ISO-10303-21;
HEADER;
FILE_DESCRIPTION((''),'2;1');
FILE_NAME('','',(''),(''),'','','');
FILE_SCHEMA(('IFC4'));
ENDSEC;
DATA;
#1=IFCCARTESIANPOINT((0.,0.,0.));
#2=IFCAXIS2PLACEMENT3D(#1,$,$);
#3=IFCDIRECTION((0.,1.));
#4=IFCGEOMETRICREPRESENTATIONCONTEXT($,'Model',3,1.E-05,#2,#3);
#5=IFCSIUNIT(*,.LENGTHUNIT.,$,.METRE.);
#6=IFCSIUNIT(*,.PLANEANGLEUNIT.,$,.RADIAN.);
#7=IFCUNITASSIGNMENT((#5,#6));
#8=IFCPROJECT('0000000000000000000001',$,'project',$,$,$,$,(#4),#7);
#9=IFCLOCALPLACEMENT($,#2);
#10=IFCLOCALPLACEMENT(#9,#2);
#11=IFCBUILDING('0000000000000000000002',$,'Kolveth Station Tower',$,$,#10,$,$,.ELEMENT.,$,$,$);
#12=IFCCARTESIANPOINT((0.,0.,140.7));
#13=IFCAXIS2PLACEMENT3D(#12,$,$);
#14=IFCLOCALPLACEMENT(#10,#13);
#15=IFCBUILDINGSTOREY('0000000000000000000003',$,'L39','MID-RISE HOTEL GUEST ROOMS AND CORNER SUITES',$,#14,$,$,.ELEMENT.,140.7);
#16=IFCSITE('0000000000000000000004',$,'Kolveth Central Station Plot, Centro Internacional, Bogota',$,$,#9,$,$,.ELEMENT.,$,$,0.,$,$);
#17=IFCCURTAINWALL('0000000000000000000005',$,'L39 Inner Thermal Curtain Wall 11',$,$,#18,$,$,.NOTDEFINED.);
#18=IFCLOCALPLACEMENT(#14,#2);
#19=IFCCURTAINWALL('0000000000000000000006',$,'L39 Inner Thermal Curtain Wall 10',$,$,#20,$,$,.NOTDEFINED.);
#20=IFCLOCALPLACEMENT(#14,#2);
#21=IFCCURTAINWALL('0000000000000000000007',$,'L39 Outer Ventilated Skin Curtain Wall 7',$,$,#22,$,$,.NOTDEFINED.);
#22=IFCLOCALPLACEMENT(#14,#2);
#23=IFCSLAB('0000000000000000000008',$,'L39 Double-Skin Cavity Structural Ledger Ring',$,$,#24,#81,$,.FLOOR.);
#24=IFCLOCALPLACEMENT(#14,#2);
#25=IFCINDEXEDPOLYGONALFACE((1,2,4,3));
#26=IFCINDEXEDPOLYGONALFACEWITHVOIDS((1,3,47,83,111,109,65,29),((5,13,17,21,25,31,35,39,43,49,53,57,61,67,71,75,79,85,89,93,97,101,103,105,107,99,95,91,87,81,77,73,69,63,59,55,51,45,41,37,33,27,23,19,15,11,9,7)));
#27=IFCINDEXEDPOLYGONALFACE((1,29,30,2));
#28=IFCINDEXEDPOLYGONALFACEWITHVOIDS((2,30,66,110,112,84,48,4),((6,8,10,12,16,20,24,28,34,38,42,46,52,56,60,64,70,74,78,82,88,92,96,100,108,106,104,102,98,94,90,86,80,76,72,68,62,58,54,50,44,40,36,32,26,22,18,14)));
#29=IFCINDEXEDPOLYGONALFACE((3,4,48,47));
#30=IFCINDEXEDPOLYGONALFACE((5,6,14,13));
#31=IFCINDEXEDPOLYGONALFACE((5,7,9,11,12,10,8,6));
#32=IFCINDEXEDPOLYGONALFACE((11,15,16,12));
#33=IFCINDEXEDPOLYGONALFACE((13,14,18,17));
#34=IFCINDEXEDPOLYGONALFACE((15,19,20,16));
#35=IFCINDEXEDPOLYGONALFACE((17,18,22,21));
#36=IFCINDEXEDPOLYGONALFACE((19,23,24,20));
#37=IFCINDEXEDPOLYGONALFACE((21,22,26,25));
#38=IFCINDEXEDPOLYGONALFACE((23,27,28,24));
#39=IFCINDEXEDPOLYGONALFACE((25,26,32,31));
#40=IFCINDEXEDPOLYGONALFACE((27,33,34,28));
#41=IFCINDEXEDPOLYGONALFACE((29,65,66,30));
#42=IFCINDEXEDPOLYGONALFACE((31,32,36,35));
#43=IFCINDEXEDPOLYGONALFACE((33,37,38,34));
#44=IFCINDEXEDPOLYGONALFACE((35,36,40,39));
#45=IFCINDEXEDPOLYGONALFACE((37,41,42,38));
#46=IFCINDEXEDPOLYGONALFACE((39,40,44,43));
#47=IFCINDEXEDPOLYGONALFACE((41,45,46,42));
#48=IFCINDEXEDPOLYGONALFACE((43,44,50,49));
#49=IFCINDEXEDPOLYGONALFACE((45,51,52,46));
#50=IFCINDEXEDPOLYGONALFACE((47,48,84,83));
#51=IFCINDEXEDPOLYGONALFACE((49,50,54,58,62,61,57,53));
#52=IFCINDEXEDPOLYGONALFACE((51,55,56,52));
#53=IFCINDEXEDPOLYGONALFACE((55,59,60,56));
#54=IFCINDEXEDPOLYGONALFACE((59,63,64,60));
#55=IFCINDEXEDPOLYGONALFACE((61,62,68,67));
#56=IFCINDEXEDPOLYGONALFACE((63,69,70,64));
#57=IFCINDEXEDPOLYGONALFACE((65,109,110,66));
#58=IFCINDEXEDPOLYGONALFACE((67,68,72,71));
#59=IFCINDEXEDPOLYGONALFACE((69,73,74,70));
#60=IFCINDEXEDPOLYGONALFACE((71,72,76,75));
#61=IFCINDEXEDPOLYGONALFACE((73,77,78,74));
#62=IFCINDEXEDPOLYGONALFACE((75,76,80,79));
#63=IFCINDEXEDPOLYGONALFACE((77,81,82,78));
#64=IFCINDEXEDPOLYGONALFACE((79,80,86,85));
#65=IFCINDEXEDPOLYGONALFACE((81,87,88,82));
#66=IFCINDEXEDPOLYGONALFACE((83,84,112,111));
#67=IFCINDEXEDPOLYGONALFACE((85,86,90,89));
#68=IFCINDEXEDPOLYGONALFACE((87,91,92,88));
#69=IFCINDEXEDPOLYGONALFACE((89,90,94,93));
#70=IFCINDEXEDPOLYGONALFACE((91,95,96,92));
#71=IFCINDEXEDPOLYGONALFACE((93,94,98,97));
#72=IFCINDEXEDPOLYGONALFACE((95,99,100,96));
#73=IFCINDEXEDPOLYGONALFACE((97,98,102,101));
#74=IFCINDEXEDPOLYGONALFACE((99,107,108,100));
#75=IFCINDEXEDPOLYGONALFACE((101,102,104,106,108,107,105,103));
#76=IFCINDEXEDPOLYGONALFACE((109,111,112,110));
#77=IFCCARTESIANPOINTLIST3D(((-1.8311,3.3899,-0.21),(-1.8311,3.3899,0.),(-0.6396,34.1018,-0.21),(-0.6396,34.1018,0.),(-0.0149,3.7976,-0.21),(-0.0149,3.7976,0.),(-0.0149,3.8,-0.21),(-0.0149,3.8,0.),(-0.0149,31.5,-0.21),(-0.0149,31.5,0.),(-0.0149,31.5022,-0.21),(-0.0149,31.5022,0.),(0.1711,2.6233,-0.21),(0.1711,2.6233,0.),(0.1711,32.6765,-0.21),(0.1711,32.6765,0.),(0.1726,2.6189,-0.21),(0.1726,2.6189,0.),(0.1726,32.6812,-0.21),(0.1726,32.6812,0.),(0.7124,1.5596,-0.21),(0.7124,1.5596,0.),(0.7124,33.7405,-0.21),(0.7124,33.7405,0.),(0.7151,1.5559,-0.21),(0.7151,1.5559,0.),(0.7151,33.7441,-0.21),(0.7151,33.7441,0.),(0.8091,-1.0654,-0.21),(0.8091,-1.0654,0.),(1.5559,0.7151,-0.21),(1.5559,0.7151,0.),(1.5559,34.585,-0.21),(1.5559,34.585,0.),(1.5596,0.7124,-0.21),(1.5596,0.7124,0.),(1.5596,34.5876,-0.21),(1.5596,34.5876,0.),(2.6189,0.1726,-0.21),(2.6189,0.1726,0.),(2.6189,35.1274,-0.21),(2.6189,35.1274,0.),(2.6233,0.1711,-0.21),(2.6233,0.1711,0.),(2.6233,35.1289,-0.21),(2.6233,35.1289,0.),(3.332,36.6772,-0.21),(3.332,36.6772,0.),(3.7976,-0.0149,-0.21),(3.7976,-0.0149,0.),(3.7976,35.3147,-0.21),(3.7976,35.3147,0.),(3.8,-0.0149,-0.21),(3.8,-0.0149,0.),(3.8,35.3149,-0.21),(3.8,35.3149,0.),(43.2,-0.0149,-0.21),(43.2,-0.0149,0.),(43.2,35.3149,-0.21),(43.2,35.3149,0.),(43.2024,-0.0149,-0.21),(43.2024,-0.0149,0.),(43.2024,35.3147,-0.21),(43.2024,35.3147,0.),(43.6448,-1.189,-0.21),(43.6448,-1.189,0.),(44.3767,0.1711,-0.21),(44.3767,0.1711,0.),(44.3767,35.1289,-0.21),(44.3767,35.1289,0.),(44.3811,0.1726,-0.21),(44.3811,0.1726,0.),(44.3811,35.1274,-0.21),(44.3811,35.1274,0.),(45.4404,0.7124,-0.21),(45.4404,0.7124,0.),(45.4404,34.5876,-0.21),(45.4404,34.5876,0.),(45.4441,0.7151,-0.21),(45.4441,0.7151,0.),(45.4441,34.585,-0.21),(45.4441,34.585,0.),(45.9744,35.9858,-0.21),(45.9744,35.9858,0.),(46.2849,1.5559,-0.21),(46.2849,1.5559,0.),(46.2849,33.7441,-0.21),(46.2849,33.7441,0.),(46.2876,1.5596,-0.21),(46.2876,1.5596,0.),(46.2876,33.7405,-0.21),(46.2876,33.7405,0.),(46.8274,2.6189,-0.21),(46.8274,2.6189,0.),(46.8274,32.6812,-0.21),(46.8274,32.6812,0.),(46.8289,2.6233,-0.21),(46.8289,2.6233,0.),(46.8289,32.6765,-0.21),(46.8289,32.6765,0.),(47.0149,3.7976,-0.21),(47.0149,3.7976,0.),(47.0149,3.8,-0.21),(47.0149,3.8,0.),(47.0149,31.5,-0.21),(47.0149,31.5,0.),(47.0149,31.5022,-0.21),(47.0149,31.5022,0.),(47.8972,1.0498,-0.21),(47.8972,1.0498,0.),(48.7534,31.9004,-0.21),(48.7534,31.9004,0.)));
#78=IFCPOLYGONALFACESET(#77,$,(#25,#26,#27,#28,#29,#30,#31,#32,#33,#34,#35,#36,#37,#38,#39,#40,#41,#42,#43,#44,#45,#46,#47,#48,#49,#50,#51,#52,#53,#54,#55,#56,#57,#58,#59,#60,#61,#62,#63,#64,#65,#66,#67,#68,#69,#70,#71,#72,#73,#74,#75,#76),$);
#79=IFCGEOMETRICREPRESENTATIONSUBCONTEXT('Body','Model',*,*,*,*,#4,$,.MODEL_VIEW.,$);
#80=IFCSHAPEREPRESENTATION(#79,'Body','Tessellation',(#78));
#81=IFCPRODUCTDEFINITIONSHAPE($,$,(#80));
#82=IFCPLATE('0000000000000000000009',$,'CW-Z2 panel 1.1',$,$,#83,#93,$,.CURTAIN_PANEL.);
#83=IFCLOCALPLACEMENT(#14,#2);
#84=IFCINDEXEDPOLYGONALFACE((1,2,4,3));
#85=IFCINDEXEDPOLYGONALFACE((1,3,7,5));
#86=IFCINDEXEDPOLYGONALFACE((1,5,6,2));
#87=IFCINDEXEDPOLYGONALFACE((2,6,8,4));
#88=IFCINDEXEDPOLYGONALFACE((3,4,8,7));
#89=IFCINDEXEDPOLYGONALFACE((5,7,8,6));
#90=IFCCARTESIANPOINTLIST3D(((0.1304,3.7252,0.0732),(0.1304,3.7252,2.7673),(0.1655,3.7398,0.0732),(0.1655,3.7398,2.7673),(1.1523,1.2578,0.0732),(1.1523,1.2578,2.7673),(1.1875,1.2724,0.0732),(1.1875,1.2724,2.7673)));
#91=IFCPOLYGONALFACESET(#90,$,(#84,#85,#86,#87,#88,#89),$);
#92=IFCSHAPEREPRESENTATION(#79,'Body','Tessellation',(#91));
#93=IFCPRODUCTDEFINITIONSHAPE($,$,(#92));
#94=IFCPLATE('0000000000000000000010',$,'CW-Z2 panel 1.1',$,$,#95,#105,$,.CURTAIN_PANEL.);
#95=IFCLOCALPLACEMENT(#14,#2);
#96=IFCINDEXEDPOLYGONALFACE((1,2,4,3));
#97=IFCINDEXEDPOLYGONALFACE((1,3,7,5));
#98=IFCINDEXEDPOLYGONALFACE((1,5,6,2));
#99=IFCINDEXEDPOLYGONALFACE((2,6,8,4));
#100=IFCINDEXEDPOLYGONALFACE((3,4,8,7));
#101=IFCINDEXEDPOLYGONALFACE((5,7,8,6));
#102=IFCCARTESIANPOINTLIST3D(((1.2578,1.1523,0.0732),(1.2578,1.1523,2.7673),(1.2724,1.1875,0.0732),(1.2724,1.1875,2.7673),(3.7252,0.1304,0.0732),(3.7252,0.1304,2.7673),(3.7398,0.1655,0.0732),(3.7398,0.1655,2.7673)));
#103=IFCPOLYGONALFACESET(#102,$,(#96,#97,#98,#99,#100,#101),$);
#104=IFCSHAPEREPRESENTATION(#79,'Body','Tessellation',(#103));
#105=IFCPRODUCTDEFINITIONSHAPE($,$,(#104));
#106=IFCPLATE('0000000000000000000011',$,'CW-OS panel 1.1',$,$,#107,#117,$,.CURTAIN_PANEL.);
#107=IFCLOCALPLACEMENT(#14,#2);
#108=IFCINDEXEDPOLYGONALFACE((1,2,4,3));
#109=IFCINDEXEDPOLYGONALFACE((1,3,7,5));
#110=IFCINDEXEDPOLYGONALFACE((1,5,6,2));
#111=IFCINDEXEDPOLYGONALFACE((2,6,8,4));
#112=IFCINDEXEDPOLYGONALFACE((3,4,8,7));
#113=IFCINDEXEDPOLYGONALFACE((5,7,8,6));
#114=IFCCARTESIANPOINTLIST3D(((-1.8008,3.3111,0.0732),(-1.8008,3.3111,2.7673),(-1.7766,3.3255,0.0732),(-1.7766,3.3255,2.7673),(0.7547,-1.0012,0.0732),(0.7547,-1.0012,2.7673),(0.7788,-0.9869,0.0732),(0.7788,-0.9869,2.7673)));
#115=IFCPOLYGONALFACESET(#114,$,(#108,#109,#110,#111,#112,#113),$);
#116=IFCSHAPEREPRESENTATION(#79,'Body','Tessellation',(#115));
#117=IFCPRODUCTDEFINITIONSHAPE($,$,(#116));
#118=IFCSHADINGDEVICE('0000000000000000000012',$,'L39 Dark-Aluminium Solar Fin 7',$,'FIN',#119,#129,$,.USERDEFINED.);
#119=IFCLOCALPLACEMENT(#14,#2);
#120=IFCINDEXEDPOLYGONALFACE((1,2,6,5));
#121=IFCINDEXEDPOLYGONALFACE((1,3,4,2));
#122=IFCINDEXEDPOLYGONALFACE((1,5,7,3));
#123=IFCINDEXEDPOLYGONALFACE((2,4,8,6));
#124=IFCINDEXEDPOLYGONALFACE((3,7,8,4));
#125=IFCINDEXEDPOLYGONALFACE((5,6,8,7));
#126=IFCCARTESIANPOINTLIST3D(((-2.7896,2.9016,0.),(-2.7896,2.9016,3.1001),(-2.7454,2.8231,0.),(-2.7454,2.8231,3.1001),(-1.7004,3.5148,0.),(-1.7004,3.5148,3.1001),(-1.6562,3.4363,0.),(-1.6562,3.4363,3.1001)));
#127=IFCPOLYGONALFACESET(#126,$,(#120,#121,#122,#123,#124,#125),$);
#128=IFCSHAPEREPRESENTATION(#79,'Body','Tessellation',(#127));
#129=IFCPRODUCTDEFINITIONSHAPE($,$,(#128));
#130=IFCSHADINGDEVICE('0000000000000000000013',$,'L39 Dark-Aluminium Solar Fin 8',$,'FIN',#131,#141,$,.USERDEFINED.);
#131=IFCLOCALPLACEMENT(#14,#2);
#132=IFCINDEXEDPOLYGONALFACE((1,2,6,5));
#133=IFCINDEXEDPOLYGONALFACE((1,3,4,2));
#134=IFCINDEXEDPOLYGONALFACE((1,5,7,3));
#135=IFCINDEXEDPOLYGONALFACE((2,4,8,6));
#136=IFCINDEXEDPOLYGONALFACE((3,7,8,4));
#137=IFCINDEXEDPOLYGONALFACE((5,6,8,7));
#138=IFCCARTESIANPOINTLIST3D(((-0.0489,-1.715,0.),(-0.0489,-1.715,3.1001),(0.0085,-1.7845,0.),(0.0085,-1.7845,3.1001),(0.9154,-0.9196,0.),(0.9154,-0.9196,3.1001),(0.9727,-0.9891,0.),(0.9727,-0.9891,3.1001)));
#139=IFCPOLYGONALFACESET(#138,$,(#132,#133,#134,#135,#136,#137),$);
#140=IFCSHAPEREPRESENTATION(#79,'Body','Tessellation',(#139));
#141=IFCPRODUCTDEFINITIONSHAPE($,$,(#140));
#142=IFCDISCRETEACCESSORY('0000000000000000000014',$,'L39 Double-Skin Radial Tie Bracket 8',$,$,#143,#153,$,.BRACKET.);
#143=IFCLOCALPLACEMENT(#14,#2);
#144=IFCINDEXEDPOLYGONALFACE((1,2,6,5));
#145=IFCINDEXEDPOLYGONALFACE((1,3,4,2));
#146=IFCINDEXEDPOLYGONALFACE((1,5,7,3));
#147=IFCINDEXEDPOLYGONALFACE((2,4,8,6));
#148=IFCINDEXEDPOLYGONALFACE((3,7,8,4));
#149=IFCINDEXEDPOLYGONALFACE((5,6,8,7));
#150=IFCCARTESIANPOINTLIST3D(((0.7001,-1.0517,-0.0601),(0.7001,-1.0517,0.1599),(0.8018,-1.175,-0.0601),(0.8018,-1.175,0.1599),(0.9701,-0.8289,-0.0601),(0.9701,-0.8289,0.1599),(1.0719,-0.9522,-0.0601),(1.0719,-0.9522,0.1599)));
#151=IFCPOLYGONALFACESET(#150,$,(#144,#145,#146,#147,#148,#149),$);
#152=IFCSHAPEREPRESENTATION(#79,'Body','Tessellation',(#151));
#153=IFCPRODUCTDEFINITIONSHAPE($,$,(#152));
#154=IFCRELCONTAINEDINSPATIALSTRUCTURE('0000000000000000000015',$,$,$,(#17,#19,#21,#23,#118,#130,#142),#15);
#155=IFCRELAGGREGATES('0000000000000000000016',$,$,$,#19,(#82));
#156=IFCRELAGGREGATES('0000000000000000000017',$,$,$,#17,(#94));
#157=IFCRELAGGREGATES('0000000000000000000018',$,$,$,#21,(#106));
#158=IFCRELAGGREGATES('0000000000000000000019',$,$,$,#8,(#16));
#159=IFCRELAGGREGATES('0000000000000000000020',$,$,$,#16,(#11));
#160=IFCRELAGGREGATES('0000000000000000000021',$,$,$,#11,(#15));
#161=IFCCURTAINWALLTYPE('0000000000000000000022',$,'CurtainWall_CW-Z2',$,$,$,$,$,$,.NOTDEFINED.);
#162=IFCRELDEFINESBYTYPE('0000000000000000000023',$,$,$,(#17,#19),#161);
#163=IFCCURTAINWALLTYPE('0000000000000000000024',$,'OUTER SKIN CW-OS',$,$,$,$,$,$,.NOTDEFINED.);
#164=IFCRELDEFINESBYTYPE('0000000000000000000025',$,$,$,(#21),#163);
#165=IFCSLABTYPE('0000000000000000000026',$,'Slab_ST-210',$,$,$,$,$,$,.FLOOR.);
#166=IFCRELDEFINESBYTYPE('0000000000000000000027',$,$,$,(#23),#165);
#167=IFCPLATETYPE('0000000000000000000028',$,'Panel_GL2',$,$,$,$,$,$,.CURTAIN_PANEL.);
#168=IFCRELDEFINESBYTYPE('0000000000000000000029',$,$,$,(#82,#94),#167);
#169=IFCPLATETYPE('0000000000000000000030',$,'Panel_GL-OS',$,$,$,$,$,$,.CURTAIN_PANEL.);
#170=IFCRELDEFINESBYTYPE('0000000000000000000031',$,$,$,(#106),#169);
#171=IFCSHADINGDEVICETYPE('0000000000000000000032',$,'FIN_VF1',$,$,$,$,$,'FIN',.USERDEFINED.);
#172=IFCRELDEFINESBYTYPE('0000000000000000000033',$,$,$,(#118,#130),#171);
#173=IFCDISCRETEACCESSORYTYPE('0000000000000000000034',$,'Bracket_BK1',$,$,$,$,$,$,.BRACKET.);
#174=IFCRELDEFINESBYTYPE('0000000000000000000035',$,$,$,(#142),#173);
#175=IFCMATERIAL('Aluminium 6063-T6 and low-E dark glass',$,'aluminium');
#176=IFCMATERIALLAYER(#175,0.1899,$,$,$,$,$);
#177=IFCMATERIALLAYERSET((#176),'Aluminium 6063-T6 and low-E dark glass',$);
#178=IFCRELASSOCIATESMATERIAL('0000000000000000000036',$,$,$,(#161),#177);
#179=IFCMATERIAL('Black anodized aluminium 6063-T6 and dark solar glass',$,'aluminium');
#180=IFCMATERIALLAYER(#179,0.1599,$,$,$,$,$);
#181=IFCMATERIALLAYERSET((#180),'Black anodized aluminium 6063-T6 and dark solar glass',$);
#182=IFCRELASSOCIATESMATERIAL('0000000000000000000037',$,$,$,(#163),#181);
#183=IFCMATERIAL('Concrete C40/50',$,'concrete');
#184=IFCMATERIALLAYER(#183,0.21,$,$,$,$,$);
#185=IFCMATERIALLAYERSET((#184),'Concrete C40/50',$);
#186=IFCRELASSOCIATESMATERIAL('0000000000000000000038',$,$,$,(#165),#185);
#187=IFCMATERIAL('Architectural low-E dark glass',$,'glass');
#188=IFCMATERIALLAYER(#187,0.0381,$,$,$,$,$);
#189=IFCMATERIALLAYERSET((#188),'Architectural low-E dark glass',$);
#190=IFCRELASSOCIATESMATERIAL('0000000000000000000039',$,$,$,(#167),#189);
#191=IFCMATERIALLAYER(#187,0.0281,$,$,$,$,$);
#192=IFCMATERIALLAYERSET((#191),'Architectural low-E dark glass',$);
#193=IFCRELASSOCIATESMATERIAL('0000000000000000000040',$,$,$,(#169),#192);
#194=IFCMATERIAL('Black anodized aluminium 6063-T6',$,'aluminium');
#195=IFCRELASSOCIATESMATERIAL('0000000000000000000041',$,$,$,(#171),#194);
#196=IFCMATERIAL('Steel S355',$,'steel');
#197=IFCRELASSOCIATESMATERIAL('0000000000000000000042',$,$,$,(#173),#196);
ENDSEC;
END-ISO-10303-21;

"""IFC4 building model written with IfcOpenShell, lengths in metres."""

from ifc_helpers import new_model, si_unit, direction, frame, origin, origin_2d, place, context, subcontext, project, spatial, polyline, rectangle, outline, extrude, source, transform, mapped, material, layer, layer_set, type_object, element, aggregate, save


model = new_model("IFC4")

# Units and contexts
model_context = context("Model", 3, precision=1e-05, world=origin(), true_north=direction((0.0, 1.0)))
body_context = subcontext(model_context, "Body", "Model", "MODEL_VIEW")
ifc_project = project(units=[si_unit("LENGTHUNIT", "METRE"), si_unit("PLANEANGLEUNIT", "RADIAN")], contexts=[model_context])

# Site, building, storey
site_placement = place(None, origin())
site = spatial("IfcSite", under=ifc_project, at=site_placement, Name="Kolveth Central Station Plot, Centro Internacional, Bogota", CompositionType="ELEMENT", RefElevation=0.0)
building_placement = place(site_placement, origin())
building = spatial("IfcBuilding", under=site, at=building_placement, Name="Kolveth Station Tower", CompositionType="ELEMENT")
storey_placement = place(building_placement, frame((0.0, 0.0, 140.7)))
storey = spatial("IfcBuildingStorey", under=building, at=storey_placement, Name="L39", Description="MID-RISE HOTEL GUEST ROOMS AND CORNER SUITES", CompositionType="ELEMENT", Elevation=140.7)

# Curtain wall
ifc_material_1 = material(Name="Aluminium 6063-T6 and low-E dark glass", Category="aluminium")
ifc_layer_1 = layer(ifc_material_1, 0.1899)
ifc_layer_set_1 = layer_set([ifc_layer_1], Name="Aluminium 6063-T6 and low-E dark glass")
curtain_wall_type_1 = type_object("IfcCurtainWallType", Name="CurtainWall_CW-Z2", PredefinedType="NOTDEFINED", material=ifc_layer_set_1)
curtain_wall_1_placement = place(storey_placement, origin())
curtain_wall_1 = element("IfcCurtainWall", 1, at=curtain_wall_1_placement, inside=storey, type_object=curtain_wall_type_1, Name="L39 Inner Thermal Curtain Wall 11", PredefinedType="NOTDEFINED")
ifc_material_2 = material(Name="Black anodized aluminium 6063-T6", Category="aluminium")

# Curtain wall
curtain_wall_2_placement = place(storey_placement, origin())
curtain_wall_2 = element("IfcCurtainWall", 2, at=curtain_wall_2_placement, inside=storey, type_object=curtain_wall_type_1, Name="L39 Inner Thermal Curtain Wall 10", PredefinedType="NOTDEFINED")

# Curtain wall
ifc_material_3 = material(Name="Black anodized aluminium 6063-T6 and dark solar glass", Category="aluminium")
ifc_layer_2 = layer(ifc_material_3, 0.1599)
ifc_layer_set_2 = layer_set([ifc_layer_2], Name="Black anodized aluminium 6063-T6 and dark solar glass")
curtain_wall_type_2 = type_object("IfcCurtainWallType", Name="OUTER SKIN CW-OS", PredefinedType="NOTDEFINED", material=ifc_layer_set_2)
curtain_wall_3_placement = place(storey_placement, origin())
curtain_wall_3 = element("IfcCurtainWall", 3, at=curtain_wall_3_placement, inside=storey, type_object=curtain_wall_type_2, Name="L39 Outer Ventilated Skin Curtain Wall 7", PredefinedType="NOTDEFINED")

# Shared definitions
ifc_material_4 = material(Name="Concrete C40/50", Category="concrete")

# Slab
ifc_layer_3 = layer(ifc_material_4, 0.21)
ifc_layer_set_3 = layer_set([ifc_layer_3], Name="Concrete C40/50")
slab_type_1 = type_object("IfcSlabType", Name="Slab_ST-210", PredefinedType="FLOOR", material=ifc_layer_set_3)
slab_1_placement = place(storey_placement, frame((0.0, 0.0, -0.21)))
element("IfcSlab", 4, at=slab_1_placement, inside=storey, type_object=slab_type_1, Name="L39 Double-Skin Cavity Structural Ledger Ring", PredefinedType="FLOOR", context=body_context, shape_type="SweptSolid", body=[
    extrude(outline(polyline([(0.8091, -1.0654), (-1.8311, 3.3899), (-0.6396, 34.1018), (3.332, 36.6772), (45.9744, 35.9858), (48.7534, 31.9004), (47.8972, 1.0498), (43.6448, -1.189), (0.8091, -1.0654)]), holes=[polyline([(43.2024, -0.0149), (44.3767, 0.1711), (44.3811, 0.1726), (45.4404, 0.7124), (45.4441, 0.7151), (46.2849, 1.5559), (46.2876, 1.5596), (46.8274, 2.6189), (46.8289, 2.6233), (47.0149, 3.7976), (47.0149, 3.8), (47.0149, 31.5), (47.0149, 31.5022), (46.8289, 32.6765), (46.8274, 32.6812), (46.2876, 33.7405), (46.2849, 33.7441), (45.4441, 34.585), (45.4404, 34.5876), (44.3811, 35.1274), (44.3767, 35.1289), (43.2024, 35.3147), (43.2, 35.3149), (3.8, 35.3149), (3.7976, 35.3147), (2.6233, 35.1289), (2.6189, 35.1274), (1.5596, 34.5876), (1.5559, 34.585), (0.7151, 33.7441), (0.7124, 33.7405), (0.1726, 32.6812), (0.1711, 32.6765), (-0.0149, 31.5022), (-0.0149, 31.5), (-0.0149, 3.8), (-0.0149, 3.7976), (0.1711, 2.6233), (0.1726, 2.6189), (0.7124, 1.5596), (0.7151, 1.5559), (1.5559, 0.7151), (1.5596, 0.7124), (2.6189, 0.1726), (2.6233, 0.1711), (3.7976, -0.0149), (3.8, -0.0149), (43.2, -0.0149), (43.2024, -0.0149)])]), origin(), (0.0, 0.0, 1.0), 0.21),
])

# Plates
ifc_material_5 = material(Name="Architectural low-E dark glass", Category="glass")
ifc_layer_4 = layer(ifc_material_5, 0.0381)
ifc_layer_set_4 = layer_set([ifc_layer_4], Name="Architectural low-E dark glass")
plate_type_1 = type_object("IfcPlateType", Name="Panel_GL2", PredefinedType="CURTAIN_PANEL", material=ifc_layer_set_4)
shared_shape_1 = source(origin(), body_context, "Body", "SweptSolid", [
    extrude(rectangle(XDim=2.6707, YDim=0.0381, at=origin_2d()), origin(), (0.0, 0.0, 1.0), 2.6941),
])
plate_1_placement = place(storey_placement, frame((0.6589, 2.4988, 0.0732), z_axis=(0.0, 0.0, 1.0), x_axis=(0.382663, -0.923888, 0.0)))
plate_1 = element("IfcPlate", 5, at=plate_1_placement, type_object=plate_type_1, Name="CW-Z2 panel 1.1", PredefinedType="CURTAIN_PANEL", context=body_context, shape_type="MappedRepresentation", body=[
    mapped(shared_shape_1, transform((0.0, 0.0, 0.0), x_axis=(1.0, 0.0, 0.0), y_axis=(0.0, 1.0, 0.0), z_axis=(0.0, 0.0, 1.0), scale=1.0)),
])
aggregate(curtain_wall_2, [plate_1])
plate_2_placement = place(storey_placement, frame((2.4988, 0.6589, 0.0732), z_axis=(0.0, 0.0, 1.0), x_axis=(0.923888, -0.382663, 0.0)))
plate_2 = element("IfcPlate", 6, at=plate_2_placement, type_object=plate_type_1, Name="CW-Z2 panel 1.1", PredefinedType="CURTAIN_PANEL", context=body_context, shape_type="MappedRepresentation", body=[
    mapped(shared_shape_1, transform((0.0, 0.0, 0.0), x_axis=(1.0, 0.0, 0.0), y_axis=(0.0, 1.0, 0.0), z_axis=(0.0, 0.0, 1.0), scale=1.0)),
])
aggregate(curtain_wall_1, [plate_2])
ifc_layer_5 = layer(ifc_material_5, 0.0281)
ifc_layer_set_5 = layer_set([ifc_layer_5], Name="Architectural low-E dark glass")
plate_type_2 = type_object("IfcPlateType", Name="Panel_GL-OS", PredefinedType="CURTAIN_PANEL", material=ifc_layer_set_5)
shared_shape_2 = source(origin(), body_context, "Body", "SweptSolid", [
    extrude(rectangle(XDim=5.0127, YDim=0.0281, at=origin_2d()), origin(), (0.0, 0.0, 1.0), 2.6941),
])
plate_3_placement = place(storey_placement, frame((-0.511, 1.1621, 0.0732), z_axis=(0.0, 0.0, 1.0), x_axis=(0.5098, -0.860293, 0.0)))
plate_3 = element("IfcPlate", 7, at=plate_3_placement, type_object=plate_type_2, Name="CW-OS panel 1.1", PredefinedType="CURTAIN_PANEL", context=body_context, shape_type="MappedRepresentation", body=[
    mapped(shared_shape_2, transform((0.0, 0.0, 0.0), x_axis=(1.0, 0.0, 0.0), y_axis=(0.0, 1.0, 0.0), z_axis=(0.0, 0.0, 1.0), scale=1.0)),
])
aggregate(curtain_wall_3, [plate_3])

# Shading devices
shading_device_type = type_object("IfcShadingDeviceType", Name="FIN_VF1", ElementType="FIN", PredefinedType="USERDEFINED", material=ifc_material_2)
shared_shape_3 = source(origin(), body_context, "Body", "SweptSolid", [
    extrude(rectangle(XDim=1.25, YDim=0.0901, at=origin_2d()), origin(), (0.0, 0.0, 1.0), 3.1001),
])
for number, where, z_axis, x_axis, name in (
    (8, (-2.2229, 3.1689, 0.0), (0.0, 0.0, 1.0), (-0.871385, -0.4906, 0.0), "L39 Dark-Aluminium Solar Fin 7"),
    (9, (0.4619, -1.3521, 0.0), (0.0, 0.0, 1.0), (-0.771403, -0.636348, 0.0), "L39 Dark-Aluminium Solar Fin 8"),
):
    element("IfcShadingDevice", number, at=place(storey_placement, frame(where, z_axis=z_axis, x_axis=x_axis)), inside=storey, type_object=shading_device_type, Name=name, ObjectType="FIN", PredefinedType="USERDEFINED", context=body_context, shape_type="MappedRepresentation", body=[
        mapped(shared_shape_3, transform((0.0, 0.0, 0.0), x_axis=(1.0, 0.0, 0.0), y_axis=(0.0, 1.0, 0.0), z_axis=(0.0, 0.0, 1.0), scale=1.0)),
    ])

# Discrete accessory
ifc_material_6 = material(Name="Steel S355", Category="steel")
discrete_accessory_type = type_object("IfcDiscreteAccessoryType", Name="Bracket_BK1", PredefinedType="BRACKET", material=ifc_material_6)
shared_shape_4 = source(origin(), body_context, "Body", "SweptSolid", [
    extrude(rectangle(XDim=0.3501, YDim=0.1599, at=origin_2d()), origin(), (0.0, 0.0, 1.0), 0.22),
])
discrete_accessory_placement = place(storey_placement, frame((0.886, -1.002, -0.0601), z_axis=(0.0, 0.0, 1.0), x_axis=(-0.771403, -0.636348, 0.0)))
element("IfcDiscreteAccessory", 10, at=discrete_accessory_placement, inside=storey, type_object=discrete_accessory_type, Name="L39 Double-Skin Radial Tie Bracket 8", PredefinedType="BRACKET", context=body_context, shape_type="MappedRepresentation", body=[
    mapped(shared_shape_4, transform((0.0, 0.0, 0.0), x_axis=(1.0, 0.0, 0.0), y_axis=(0.0, 1.0, 0.0), z_axis=(0.0, 0.0, 1.0), scale=1.0)),
])

save(model, "model.ifc")
